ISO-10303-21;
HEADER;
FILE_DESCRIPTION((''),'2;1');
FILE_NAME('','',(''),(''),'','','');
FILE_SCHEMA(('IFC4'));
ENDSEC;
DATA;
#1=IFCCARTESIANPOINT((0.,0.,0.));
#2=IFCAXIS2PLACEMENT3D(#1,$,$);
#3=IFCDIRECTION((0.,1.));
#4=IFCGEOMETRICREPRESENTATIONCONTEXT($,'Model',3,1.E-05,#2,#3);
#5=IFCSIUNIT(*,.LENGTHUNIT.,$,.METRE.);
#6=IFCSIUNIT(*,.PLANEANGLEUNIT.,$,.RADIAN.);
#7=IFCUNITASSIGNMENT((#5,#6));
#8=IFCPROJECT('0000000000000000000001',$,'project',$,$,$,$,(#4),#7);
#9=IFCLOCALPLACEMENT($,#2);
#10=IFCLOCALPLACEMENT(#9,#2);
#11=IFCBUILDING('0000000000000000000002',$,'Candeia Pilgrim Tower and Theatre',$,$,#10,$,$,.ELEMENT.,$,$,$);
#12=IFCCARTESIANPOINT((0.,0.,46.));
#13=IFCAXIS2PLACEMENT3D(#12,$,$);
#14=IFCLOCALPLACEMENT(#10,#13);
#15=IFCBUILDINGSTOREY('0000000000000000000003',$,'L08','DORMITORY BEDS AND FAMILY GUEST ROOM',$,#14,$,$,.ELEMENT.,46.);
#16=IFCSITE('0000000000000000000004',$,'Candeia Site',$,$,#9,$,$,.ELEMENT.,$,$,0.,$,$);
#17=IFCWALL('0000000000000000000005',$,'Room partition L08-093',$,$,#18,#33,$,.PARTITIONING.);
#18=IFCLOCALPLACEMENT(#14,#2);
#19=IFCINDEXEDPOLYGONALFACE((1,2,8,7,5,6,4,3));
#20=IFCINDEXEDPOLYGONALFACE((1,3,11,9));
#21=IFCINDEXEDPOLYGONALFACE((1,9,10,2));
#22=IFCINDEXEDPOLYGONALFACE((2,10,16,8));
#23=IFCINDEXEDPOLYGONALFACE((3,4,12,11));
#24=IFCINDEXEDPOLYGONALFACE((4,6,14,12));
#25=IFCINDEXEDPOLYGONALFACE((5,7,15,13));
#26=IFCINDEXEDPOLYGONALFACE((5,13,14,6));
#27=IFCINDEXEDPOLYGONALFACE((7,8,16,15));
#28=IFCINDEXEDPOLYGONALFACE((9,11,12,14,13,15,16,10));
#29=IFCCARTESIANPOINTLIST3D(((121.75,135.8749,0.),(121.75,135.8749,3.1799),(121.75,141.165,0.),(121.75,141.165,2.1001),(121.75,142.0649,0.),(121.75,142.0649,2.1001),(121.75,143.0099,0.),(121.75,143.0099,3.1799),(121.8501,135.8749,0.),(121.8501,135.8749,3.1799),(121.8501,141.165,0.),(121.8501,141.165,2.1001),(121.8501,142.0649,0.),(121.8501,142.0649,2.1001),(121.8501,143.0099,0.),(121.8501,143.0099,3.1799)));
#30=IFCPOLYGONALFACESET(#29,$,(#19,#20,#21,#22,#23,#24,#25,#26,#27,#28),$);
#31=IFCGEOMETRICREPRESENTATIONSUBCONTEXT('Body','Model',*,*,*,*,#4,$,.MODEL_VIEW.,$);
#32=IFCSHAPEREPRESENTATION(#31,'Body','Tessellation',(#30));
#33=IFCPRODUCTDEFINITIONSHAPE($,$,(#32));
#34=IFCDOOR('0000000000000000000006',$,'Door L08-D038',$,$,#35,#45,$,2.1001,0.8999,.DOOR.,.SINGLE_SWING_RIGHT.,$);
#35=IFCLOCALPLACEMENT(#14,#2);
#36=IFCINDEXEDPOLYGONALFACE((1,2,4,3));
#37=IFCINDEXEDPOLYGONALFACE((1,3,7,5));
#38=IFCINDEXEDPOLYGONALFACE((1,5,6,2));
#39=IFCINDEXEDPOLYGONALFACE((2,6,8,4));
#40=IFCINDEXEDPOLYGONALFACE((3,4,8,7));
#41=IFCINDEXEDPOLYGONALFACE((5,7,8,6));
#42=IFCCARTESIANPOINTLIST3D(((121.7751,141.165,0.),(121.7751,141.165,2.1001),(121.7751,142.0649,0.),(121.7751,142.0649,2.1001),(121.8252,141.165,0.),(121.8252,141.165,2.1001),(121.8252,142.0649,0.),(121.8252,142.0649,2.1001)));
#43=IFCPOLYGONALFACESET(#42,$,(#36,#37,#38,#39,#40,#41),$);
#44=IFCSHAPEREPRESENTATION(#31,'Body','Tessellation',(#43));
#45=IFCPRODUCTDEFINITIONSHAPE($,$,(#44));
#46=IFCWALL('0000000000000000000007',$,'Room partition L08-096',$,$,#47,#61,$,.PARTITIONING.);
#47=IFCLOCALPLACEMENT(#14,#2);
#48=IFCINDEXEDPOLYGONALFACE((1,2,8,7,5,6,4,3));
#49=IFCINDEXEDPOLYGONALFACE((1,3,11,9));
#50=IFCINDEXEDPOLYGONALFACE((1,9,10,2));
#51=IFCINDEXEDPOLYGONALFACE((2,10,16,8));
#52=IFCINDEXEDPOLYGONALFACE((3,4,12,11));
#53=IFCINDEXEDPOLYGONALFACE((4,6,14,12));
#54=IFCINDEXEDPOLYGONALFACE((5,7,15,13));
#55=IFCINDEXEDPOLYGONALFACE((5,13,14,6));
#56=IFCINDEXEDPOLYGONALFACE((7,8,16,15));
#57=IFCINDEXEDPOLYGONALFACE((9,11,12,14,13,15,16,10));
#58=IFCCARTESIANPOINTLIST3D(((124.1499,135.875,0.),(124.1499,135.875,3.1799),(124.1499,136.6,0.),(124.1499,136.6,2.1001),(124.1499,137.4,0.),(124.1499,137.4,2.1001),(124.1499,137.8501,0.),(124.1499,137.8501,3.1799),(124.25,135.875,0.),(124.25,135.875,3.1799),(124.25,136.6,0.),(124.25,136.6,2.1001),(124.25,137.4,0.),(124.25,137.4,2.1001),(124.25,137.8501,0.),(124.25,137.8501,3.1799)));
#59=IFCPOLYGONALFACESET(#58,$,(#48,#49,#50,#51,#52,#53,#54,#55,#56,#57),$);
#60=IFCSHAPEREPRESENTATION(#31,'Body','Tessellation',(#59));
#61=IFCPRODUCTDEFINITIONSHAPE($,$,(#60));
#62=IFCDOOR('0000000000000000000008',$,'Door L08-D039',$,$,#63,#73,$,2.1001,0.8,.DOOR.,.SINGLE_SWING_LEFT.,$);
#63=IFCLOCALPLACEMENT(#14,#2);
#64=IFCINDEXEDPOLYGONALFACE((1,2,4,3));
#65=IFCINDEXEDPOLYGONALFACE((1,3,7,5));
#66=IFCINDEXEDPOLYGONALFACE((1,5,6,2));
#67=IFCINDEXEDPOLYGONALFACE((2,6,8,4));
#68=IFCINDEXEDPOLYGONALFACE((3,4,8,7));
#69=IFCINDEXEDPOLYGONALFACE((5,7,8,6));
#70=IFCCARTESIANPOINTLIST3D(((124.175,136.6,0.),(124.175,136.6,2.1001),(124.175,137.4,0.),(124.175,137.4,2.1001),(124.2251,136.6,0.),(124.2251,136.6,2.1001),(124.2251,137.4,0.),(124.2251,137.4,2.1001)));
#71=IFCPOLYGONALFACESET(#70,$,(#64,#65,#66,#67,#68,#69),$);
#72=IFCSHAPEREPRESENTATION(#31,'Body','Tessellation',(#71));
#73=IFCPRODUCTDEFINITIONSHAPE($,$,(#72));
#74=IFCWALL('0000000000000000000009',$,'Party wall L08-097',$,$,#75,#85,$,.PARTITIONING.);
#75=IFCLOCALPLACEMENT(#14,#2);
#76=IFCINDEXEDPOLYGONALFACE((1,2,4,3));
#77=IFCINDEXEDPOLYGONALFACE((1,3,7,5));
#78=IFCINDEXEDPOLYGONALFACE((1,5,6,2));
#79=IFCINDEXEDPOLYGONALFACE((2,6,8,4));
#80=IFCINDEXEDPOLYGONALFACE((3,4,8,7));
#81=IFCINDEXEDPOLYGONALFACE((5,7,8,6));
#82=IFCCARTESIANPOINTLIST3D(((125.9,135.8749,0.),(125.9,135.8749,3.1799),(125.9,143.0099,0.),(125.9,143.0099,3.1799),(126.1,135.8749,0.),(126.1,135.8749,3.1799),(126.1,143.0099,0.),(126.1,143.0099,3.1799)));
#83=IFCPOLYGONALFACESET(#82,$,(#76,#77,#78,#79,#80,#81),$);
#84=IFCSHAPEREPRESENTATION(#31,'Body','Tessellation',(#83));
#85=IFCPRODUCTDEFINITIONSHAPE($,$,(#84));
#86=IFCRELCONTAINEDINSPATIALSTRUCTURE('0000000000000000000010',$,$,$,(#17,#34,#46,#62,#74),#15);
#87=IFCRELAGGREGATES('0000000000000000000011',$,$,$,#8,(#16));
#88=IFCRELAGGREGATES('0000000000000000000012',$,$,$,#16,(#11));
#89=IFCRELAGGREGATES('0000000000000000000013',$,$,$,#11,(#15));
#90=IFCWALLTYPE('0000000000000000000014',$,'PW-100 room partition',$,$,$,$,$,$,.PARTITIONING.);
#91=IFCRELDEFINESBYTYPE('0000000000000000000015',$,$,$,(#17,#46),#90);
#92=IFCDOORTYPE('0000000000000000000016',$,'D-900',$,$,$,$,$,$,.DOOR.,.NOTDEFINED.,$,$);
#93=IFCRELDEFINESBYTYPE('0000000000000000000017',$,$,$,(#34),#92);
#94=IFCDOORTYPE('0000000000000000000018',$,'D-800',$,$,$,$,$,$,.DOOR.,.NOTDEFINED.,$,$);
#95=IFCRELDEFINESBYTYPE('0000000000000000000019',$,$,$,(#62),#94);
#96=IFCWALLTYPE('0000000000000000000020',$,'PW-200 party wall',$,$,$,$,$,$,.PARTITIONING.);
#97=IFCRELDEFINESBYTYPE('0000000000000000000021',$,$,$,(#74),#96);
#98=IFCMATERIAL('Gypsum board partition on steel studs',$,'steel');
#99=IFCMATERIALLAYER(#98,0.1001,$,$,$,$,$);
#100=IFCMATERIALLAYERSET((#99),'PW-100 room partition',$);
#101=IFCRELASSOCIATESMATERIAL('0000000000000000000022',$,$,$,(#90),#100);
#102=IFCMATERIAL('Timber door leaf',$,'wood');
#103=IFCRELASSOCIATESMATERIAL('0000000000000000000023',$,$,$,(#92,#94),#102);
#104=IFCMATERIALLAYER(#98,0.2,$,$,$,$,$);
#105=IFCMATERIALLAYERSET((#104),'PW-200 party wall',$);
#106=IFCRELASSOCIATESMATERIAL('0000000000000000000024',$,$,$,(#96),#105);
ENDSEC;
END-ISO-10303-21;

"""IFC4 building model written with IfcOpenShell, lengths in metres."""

from ifc_helpers import new_model, si_unit, direction, frame, frame_2d, origin, place, context, subcontext, project, spatial, rectangle, extrude, material, layer, layer_set, type_object, element, fill, save


model = new_model("IFC4")

# Units and contexts
model_context = context("Model", 3, precision=1e-05, world=origin(), true_north=direction((0.0, 1.0)))
body_context = subcontext(model_context, "Body", "Model", "MODEL_VIEW")
ifc_project = project(units=[si_unit("LENGTHUNIT", "METRE"), si_unit("PLANEANGLEUNIT", "RADIAN")], contexts=[model_context])

# Site, building, storey
site_placement = place(None, origin())
site = spatial("IfcSite", under=ifc_project, at=site_placement, Name="Candeia Site", CompositionType="ELEMENT", RefElevation=0.0)
building_placement = place(site_placement, origin())
building = spatial("IfcBuilding", under=site, at=building_placement, Name="Candeia Pilgrim Tower and Theatre", CompositionType="ELEMENT")
storey_placement = place(building_placement, frame((0.0, 0.0, 46.0)))
storey = spatial("IfcBuildingStorey", under=building, at=storey_placement, Name="L08", Description="DORMITORY BEDS AND FAMILY GUEST ROOM", CompositionType="ELEMENT", Elevation=46.0)

# Shared definitions
ifc_material_1 = material(Name="Gypsum board partition on steel studs", Category="steel")
ifc_layer_1 = layer(ifc_material_1, 0.1001)
ifc_layer_set_1 = layer_set([ifc_layer_1], Name="PW-100 room partition")
wall_type_1 = type_object("IfcWallType", Name="PW-100 room partition", PredefinedType="PARTITIONING", material=ifc_layer_set_1)

# Walls, openings, doors
wall_1_placement = place(storey_placement, frame((121.8, 135.875, 0.0), z_axis=(0.0, 0.0, 1.0), x_axis=(0.0, 1.0, 0.0)))
wall_1 = element("IfcWall", 1, at=wall_1_placement, inside=storey, type_object=wall_type_1, Name="Room partition L08-093", PredefinedType="PARTITIONING", context=body_context, shape_type="SweptSolid", body=[
    extrude(rectangle(XDim=7.135, YDim=0.1001, at=frame_2d((3.5674, 0.0))), origin(), (0.0, 0.0, 1.0), 3.1799),
])
opening_1_placement = place(wall_1_placement, frame((5.29, 0.0, 0.0)))
opening_1 = element("IfcOpeningElement", 2, at=opening_1_placement, cuts=wall_1, PredefinedType="OPENING", context=body_context, shape_type="SweptSolid", body=[
    extrude(rectangle(XDim=0.8999, YDim=2.1001, at=frame_2d((0.45, 1.05))), frame((0.0, 0.0601, 0.0), z_axis=(0.0, -1.0, 0.0), x_axis=(1.0, 0.0, 0.0)), (0.0, 0.0, 1.0), 0.1201),
])
ifc_material_2 = material(Name="Timber door leaf", Category="wood")
door_type_1 = type_object("IfcDoorType", Name="D-900", OperationType="NOTDEFINED", PredefinedType="DOOR", material=ifc_material_2)
door_1_placement = place(opening_1_placement, origin())
door_1 = element("IfcDoor", 3, at=door_1_placement, inside=storey, type_object=door_type_1, Name="Door L08-D038", OperationType="SINGLE_SWING_RIGHT", OverallHeight=2.1001, OverallWidth=0.8999, PredefinedType="DOOR", context=body_context, shape_type="SweptSolid", body=[
    extrude(rectangle(XDim=0.8999, YDim=2.1001, at=frame_2d((0.45, 1.05))), frame((0.0, 0.0249, 0.0), z_axis=(0.0, -1.0, 0.0), x_axis=(1.0, 0.0, 0.0)), (0.0, 0.0, 1.0), 0.05),
])
fill(opening_1, door_1)
wall_2_placement = place(storey_placement, frame((124.2, 135.875, 0.0), z_axis=(0.0, 0.0, 1.0), x_axis=(0.0, 1.0, 0.0)))
wall_2 = element("IfcWall", 4, at=wall_2_placement, inside=storey, type_object=wall_type_1, Name="Room partition L08-096", PredefinedType="PARTITIONING", context=body_context, shape_type="SweptSolid", body=[
    extrude(rectangle(XDim=1.9751, YDim=0.1001, at=frame_2d((0.9875, 0.0))), origin(), (0.0, 0.0, 1.0), 3.1799),
])
opening_2_placement = place(wall_2_placement, frame((0.7251, 0.0, 0.0)))
opening_2 = element("IfcOpeningElement", 5, at=opening_2_placement, cuts=wall_2, PredefinedType="OPENING", context=body_context, shape_type="SweptSolid", body=[
    extrude(rectangle(XDim=0.8, YDim=2.1001, at=frame_2d((0.3999, 1.05))), frame((0.0, 0.0601, 0.0), z_axis=(0.0, -1.0, 0.0), x_axis=(1.0, 0.0, 0.0)), (0.0, 0.0, 1.0), 0.1201),
])
door_type_2 = type_object("IfcDoorType", Name="D-800", OperationType="NOTDEFINED", PredefinedType="DOOR", material=ifc_material_2)
door_2_placement = place(opening_2_placement, origin())
door_2 = element("IfcDoor", 6, at=door_2_placement, inside=storey, type_object=door_type_2, Name="Door L08-D039", OperationType="SINGLE_SWING_LEFT", OverallHeight=2.1001, OverallWidth=0.8, PredefinedType="DOOR", context=body_context, shape_type="SweptSolid", body=[
    extrude(rectangle(XDim=0.8, YDim=2.1001, at=frame_2d((0.3999, 1.05))), frame((0.0, 0.0249, 0.0), z_axis=(0.0, -1.0, 0.0), x_axis=(1.0, 0.0, 0.0)), (0.0, 0.0, 1.0), 0.05),
])
fill(opening_2, door_2)

# Wall
ifc_layer_2 = layer(ifc_material_1, 0.2)
ifc_layer_set_2 = layer_set([ifc_layer_2], Name="PW-200 party wall")
wall_type_2 = type_object("IfcWallType", Name="PW-200 party wall", PredefinedType="PARTITIONING", material=ifc_layer_set_2)
wall_3_placement = place(storey_placement, frame((126.0, 135.875, 0.0), z_axis=(0.0, 0.0, 1.0), x_axis=(0.0, 1.0, 0.0)))
element("IfcWall", 7, at=wall_3_placement, inside=storey, type_object=wall_type_2, Name="Party wall L08-097", PredefinedType="PARTITIONING", context=body_context, shape_type="SweptSolid", body=[
    extrude(rectangle(XDim=7.135, YDim=0.2, at=frame_2d((3.5674, 0.0))), origin(), (0.0, 0.0, 1.0), 3.1799),
])

save(model, "model.ifc")
